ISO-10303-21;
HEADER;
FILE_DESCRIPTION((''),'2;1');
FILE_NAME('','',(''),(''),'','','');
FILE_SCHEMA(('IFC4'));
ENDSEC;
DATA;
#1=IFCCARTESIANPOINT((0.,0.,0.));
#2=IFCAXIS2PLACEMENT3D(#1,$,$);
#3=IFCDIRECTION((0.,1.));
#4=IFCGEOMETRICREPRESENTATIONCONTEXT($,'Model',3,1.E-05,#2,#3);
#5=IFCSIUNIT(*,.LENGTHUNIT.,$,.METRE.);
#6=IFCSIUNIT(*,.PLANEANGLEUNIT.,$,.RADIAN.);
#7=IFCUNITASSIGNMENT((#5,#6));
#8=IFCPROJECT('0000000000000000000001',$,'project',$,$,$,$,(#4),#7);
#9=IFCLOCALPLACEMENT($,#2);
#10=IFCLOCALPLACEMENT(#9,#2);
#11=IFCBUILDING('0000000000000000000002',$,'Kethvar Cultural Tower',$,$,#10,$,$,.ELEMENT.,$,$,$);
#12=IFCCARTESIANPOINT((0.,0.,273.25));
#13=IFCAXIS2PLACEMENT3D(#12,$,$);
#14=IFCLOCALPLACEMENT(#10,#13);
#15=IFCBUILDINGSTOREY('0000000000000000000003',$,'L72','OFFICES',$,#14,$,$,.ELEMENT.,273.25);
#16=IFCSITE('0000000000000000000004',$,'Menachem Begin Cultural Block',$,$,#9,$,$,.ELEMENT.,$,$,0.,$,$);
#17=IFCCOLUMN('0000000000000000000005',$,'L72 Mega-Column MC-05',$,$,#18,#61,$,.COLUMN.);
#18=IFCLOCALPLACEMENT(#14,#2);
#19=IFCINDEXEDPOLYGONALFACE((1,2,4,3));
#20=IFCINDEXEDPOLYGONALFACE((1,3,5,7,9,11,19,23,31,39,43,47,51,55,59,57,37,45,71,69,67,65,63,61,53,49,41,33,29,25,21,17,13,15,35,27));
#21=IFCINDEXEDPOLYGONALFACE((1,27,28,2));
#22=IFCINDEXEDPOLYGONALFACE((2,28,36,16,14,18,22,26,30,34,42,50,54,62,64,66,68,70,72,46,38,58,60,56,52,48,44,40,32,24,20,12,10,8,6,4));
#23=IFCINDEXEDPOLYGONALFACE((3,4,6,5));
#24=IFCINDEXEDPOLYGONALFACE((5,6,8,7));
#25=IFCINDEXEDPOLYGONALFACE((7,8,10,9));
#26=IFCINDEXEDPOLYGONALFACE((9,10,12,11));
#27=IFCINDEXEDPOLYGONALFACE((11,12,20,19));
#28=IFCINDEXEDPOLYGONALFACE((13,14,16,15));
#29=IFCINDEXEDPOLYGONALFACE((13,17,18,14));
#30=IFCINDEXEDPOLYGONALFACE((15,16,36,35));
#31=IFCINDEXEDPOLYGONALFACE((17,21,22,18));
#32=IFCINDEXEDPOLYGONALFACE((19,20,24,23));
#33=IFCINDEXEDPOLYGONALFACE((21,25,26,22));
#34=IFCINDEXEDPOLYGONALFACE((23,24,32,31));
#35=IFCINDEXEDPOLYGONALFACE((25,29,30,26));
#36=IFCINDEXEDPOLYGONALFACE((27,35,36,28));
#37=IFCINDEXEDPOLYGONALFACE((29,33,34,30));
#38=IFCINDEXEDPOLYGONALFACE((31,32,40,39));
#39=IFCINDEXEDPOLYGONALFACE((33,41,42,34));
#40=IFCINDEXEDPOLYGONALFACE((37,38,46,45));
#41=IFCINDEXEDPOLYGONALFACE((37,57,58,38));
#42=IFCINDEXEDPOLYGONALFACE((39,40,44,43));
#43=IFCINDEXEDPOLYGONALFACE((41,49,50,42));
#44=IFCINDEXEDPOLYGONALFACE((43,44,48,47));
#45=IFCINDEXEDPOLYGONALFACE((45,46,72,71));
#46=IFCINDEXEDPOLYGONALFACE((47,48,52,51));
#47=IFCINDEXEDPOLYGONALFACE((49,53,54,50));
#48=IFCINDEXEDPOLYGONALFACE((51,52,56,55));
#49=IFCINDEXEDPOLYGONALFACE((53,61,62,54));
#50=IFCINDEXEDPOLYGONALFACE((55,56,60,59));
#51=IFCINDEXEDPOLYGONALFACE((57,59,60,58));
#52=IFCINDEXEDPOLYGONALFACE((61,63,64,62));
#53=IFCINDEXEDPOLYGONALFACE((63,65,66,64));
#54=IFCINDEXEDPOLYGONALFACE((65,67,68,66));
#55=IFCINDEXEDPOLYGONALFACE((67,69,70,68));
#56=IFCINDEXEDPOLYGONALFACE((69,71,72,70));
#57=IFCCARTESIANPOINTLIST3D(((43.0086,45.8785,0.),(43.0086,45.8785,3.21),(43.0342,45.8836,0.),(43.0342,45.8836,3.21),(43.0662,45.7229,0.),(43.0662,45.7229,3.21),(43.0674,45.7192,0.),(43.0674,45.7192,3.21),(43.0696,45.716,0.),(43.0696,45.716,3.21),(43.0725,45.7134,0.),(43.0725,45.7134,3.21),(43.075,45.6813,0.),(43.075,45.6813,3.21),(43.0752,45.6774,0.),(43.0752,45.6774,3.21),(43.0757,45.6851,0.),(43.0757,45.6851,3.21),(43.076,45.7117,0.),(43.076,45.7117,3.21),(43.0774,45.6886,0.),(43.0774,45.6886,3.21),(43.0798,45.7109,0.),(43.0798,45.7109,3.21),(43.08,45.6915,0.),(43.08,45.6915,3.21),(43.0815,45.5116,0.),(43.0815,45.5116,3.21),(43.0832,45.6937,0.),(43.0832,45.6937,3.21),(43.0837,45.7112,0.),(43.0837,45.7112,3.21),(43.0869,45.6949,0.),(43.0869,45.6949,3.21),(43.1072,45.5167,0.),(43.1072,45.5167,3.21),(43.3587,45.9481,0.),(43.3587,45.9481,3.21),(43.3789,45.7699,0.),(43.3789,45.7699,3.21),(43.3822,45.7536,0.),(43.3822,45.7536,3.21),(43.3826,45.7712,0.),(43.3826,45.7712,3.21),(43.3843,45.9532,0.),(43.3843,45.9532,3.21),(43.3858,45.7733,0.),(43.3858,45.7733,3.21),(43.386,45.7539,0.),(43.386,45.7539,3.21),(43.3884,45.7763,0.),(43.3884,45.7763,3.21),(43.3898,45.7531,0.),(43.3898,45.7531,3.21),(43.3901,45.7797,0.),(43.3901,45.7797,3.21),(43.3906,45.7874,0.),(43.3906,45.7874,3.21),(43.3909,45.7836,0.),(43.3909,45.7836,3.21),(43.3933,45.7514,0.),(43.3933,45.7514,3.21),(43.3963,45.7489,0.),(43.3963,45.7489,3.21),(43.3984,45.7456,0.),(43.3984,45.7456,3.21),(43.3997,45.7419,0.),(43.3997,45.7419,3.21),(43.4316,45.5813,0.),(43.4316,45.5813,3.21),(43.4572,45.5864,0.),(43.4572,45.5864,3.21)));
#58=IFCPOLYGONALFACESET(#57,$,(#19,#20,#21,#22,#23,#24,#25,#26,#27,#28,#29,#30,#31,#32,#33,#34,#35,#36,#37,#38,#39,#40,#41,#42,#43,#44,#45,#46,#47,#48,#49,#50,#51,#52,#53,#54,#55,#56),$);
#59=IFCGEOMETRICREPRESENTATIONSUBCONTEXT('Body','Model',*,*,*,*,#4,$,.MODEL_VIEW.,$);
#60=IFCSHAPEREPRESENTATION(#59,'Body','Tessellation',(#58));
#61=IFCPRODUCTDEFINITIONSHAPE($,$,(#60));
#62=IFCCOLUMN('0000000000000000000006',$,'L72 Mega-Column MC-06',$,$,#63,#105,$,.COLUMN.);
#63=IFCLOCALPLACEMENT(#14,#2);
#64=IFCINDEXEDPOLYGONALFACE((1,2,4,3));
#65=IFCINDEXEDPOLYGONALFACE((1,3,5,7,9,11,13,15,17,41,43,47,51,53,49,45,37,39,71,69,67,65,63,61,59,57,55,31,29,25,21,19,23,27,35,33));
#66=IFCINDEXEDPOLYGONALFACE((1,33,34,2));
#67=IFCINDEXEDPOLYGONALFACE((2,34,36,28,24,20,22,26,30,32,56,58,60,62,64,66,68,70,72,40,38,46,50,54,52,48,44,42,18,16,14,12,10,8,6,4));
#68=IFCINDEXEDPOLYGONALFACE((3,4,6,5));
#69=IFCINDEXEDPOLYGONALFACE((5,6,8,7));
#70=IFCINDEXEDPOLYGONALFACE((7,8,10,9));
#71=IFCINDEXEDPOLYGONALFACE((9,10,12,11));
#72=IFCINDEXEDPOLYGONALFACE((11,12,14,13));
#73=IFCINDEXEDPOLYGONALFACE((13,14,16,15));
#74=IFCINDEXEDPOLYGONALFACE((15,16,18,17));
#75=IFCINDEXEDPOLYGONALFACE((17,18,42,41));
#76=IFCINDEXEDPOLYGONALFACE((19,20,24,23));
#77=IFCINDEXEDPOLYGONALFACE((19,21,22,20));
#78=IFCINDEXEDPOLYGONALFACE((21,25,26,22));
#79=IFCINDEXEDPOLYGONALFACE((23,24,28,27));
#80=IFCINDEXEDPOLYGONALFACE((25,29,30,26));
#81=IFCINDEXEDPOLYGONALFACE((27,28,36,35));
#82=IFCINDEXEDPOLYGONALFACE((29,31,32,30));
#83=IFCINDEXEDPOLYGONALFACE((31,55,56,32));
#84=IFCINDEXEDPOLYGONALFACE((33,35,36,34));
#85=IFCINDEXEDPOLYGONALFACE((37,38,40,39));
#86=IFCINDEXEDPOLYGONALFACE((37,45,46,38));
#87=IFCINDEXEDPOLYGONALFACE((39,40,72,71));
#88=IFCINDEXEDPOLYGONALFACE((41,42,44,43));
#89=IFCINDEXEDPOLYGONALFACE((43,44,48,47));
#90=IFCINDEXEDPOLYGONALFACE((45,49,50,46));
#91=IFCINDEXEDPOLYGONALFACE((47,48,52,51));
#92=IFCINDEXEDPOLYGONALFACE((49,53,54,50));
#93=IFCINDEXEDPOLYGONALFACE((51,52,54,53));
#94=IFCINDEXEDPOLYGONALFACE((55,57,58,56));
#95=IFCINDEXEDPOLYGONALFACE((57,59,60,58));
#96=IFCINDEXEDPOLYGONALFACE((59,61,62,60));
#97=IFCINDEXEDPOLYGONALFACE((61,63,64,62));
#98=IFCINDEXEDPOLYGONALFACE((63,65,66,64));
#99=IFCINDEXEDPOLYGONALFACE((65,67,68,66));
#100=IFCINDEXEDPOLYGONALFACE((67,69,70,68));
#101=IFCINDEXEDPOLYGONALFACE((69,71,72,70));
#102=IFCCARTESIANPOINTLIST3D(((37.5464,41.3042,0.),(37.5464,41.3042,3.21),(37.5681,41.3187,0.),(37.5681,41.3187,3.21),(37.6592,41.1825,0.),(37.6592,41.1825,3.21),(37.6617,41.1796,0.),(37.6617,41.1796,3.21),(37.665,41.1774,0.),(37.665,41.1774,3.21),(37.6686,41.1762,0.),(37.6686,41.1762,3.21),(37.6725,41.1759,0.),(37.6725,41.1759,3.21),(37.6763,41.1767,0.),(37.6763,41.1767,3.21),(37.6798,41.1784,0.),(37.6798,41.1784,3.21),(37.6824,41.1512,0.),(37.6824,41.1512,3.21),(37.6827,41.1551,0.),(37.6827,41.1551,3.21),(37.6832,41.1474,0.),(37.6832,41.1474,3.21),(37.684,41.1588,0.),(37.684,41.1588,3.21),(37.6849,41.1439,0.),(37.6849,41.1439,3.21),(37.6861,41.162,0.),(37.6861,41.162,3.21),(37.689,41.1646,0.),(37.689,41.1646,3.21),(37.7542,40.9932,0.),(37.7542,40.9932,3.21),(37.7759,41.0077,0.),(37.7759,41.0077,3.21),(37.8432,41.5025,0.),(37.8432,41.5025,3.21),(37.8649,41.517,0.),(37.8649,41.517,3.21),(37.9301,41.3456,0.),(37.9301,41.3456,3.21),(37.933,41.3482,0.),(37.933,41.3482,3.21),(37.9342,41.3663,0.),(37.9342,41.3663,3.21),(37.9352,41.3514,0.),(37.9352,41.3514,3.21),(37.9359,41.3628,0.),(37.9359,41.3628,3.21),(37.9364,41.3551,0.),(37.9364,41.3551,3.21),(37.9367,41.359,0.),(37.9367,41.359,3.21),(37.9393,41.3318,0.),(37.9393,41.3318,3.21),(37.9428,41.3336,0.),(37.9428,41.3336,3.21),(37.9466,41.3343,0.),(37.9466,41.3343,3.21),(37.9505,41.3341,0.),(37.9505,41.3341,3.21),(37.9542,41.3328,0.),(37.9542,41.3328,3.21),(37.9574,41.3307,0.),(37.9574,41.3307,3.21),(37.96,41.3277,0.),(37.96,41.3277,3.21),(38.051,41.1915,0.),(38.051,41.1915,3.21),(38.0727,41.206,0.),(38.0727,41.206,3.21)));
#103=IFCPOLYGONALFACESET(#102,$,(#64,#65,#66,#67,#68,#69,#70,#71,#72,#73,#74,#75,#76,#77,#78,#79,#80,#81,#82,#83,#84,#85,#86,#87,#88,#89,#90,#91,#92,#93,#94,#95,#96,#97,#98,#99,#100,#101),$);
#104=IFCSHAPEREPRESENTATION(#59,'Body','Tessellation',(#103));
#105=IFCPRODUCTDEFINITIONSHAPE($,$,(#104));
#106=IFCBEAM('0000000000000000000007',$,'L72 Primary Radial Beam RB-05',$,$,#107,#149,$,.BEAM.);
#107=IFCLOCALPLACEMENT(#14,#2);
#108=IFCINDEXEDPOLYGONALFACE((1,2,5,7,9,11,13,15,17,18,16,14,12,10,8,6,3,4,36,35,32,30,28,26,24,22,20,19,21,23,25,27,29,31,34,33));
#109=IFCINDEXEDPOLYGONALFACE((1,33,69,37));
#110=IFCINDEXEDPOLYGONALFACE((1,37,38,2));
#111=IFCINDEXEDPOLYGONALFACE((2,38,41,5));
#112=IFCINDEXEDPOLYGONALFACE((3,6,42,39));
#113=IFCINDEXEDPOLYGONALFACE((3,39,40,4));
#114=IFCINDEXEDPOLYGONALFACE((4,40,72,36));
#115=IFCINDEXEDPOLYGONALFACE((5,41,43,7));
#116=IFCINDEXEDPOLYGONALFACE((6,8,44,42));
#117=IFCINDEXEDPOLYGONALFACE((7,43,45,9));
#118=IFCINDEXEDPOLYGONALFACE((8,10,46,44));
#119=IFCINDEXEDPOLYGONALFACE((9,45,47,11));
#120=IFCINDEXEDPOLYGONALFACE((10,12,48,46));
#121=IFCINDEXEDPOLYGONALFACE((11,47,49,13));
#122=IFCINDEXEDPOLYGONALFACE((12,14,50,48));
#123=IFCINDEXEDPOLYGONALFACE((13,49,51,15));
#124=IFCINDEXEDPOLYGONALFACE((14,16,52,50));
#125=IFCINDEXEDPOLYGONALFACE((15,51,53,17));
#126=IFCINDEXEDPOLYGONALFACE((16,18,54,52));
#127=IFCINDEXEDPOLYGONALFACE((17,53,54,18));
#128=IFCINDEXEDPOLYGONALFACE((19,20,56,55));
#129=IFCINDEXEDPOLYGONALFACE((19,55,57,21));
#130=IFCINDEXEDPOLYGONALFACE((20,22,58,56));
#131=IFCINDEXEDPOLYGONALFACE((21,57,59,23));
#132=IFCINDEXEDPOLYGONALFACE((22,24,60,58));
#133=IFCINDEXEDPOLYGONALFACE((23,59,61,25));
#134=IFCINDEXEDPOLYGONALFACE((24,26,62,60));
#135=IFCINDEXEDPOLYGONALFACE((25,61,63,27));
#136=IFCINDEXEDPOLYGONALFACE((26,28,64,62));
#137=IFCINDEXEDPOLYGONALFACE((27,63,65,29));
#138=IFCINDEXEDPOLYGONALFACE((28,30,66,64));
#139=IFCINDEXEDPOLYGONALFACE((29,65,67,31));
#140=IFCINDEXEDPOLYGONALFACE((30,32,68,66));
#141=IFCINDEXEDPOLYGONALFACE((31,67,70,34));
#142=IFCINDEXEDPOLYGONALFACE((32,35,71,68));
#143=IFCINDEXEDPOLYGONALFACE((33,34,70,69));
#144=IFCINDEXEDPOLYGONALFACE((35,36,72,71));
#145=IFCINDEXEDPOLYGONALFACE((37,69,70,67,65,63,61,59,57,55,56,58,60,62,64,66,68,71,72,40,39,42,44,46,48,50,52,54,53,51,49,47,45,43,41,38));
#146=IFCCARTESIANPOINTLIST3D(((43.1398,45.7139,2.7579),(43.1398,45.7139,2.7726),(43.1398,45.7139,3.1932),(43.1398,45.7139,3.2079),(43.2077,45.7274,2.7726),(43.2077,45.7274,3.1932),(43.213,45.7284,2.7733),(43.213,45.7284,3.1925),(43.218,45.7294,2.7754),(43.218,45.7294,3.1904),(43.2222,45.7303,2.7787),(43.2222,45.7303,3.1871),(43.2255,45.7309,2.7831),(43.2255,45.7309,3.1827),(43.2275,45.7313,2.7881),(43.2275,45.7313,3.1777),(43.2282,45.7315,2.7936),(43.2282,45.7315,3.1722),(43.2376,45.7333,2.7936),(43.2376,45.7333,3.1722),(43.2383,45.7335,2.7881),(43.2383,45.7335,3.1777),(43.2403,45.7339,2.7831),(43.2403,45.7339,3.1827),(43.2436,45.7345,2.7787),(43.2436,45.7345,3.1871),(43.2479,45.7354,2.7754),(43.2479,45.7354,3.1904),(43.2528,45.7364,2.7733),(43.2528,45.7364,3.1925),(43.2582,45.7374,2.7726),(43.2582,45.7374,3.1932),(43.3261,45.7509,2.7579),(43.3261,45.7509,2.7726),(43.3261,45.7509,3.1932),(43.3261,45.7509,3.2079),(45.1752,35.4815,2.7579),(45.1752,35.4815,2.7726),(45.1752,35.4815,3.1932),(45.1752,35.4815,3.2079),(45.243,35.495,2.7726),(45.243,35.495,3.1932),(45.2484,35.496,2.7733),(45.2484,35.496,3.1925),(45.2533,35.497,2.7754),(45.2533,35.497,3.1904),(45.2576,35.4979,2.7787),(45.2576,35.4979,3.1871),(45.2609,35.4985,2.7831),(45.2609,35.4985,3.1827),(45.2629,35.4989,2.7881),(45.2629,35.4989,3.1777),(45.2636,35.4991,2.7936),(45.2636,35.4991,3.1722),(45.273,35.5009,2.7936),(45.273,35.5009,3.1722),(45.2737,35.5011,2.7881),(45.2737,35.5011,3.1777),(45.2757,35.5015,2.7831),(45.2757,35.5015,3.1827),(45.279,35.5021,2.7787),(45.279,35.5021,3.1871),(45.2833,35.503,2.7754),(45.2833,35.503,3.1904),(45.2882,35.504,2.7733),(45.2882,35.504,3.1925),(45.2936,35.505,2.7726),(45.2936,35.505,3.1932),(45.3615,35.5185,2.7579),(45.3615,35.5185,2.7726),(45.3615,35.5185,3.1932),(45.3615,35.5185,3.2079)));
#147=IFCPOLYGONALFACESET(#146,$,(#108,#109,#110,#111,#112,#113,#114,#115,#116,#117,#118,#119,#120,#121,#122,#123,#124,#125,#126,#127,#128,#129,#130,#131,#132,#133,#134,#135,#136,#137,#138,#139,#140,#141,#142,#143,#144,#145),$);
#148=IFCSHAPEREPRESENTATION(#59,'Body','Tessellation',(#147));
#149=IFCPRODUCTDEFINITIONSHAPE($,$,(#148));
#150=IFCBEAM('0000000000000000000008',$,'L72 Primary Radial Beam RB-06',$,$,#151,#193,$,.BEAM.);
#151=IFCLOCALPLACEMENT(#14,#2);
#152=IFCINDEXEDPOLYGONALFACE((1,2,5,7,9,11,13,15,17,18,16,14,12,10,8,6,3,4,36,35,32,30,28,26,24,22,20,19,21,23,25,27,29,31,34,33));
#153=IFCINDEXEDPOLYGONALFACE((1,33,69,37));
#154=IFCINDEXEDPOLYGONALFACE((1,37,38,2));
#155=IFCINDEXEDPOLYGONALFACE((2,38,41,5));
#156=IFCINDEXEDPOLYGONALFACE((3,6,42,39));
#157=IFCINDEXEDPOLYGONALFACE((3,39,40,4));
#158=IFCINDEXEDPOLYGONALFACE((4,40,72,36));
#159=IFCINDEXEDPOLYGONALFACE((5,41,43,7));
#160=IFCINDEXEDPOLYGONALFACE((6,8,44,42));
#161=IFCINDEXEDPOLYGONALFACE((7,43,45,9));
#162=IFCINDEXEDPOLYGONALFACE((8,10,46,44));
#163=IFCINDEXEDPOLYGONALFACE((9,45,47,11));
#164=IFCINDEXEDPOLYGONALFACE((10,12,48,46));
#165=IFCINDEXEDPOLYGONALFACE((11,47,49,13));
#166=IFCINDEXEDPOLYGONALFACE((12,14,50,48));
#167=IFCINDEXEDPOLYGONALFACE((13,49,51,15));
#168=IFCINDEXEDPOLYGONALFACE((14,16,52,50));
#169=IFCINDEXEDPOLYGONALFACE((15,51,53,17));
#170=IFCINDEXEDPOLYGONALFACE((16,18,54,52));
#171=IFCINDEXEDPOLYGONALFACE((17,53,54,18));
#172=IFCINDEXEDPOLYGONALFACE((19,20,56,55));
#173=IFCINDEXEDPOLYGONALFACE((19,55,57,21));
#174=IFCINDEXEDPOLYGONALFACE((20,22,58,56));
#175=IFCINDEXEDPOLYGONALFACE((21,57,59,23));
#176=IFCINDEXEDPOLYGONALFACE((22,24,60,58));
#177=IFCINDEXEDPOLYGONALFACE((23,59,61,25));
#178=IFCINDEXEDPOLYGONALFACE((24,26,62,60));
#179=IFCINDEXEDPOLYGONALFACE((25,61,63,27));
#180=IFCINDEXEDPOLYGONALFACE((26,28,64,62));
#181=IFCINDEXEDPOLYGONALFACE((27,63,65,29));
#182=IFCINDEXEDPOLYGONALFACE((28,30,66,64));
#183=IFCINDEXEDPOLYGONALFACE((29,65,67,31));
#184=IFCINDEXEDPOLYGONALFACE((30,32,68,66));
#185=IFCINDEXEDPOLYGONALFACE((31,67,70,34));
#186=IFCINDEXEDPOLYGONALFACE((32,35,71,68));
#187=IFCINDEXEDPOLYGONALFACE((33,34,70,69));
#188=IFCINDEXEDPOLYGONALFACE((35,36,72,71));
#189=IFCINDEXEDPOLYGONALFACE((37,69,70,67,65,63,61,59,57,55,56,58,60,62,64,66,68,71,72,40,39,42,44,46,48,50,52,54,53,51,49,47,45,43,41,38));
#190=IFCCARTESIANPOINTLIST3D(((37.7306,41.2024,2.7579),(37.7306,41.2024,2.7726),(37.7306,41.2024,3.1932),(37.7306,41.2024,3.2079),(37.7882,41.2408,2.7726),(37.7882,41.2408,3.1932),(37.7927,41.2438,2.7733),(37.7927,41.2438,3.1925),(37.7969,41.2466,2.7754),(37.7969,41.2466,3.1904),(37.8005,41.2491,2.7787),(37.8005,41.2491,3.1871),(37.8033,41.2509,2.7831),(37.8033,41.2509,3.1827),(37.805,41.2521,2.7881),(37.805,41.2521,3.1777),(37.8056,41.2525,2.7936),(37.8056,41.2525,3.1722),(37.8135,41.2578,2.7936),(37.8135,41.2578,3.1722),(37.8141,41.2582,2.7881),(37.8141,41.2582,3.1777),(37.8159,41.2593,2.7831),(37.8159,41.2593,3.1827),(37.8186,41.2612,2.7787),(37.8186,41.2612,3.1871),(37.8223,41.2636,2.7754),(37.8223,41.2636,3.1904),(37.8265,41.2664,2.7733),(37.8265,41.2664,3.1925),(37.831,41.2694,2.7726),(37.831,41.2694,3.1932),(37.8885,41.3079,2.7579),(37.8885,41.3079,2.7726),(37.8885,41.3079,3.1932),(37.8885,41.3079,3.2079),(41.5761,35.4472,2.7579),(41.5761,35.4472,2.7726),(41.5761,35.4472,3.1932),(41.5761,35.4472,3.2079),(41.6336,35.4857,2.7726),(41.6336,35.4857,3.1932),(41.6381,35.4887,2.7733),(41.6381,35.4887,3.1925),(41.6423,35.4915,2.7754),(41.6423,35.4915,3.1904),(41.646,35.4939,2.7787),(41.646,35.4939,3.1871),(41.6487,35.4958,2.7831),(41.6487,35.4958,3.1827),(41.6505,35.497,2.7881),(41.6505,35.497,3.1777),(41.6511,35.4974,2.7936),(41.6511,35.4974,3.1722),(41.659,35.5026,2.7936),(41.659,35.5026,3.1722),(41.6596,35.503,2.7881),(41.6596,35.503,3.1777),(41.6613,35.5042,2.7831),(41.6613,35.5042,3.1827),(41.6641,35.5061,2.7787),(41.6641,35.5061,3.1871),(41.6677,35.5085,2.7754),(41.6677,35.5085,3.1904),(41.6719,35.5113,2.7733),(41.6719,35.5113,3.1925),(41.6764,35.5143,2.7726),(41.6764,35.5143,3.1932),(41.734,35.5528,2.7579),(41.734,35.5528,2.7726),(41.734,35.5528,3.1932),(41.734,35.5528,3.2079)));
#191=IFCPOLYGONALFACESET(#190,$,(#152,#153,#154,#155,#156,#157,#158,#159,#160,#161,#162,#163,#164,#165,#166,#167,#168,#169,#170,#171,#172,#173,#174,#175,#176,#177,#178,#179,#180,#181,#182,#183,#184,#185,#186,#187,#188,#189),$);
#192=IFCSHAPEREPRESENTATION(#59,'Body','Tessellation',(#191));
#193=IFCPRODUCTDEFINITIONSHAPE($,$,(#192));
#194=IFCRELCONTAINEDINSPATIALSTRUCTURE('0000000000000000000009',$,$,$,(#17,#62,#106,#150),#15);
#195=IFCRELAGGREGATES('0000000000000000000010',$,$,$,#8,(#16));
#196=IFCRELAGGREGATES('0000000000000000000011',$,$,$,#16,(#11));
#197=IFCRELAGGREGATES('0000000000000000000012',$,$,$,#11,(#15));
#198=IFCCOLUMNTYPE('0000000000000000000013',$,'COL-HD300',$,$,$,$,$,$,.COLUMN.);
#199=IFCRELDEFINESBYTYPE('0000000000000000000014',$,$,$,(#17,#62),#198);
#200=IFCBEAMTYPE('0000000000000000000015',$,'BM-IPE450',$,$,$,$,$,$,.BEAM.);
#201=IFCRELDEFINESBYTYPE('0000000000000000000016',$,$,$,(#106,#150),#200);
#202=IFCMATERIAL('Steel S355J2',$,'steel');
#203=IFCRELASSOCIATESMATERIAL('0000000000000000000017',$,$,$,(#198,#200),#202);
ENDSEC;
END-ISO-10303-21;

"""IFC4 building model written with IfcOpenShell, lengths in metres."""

from ifc_helpers import new_model, si_unit, direction, frame, origin, origin_2d, place, context, subcontext, project, spatial, i_section, extrude, source, transform, mapped, material, material_profile, profile_set, type_object, element, save


model = new_model("IFC4")

# Units and contexts
model_context = context("Model", 3, precision=1e-05, world=origin(), true_north=direction((0.0, 1.0)))
body_context = subcontext(model_context, "Body", "Model", "MODEL_VIEW")
ifc_project = project(units=[si_unit("LENGTHUNIT", "METRE"), si_unit("PLANEANGLEUNIT", "RADIAN")], contexts=[model_context])

# Site, building, storey
site_placement = place(None, origin())
site = spatial("IfcSite", under=ifc_project, at=site_placement, Name="Menachem Begin Cultural Block", CompositionType="ELEMENT", RefElevation=0.0)
building_placement = place(site_placement, origin())
building = spatial("IfcBuilding", under=site, at=building_placement, Name="Kethvar Cultural Tower", CompositionType="ELEMENT")
storey_placement = place(building_placement, frame((0.0, 0.0, 273.25)))
storey = spatial("IfcBuildingStorey", under=building, at=storey_placement, Name="L72", Description="OFFICES", CompositionType="ELEMENT", Elevation=273.25)

# Columns
ifc_material_1 = material(Name="Steel S355J2", Category="steel")
ifc_material_profile_1 = material_profile(ifc_material_1, i_section(OverallWidth=0.374, OverallDepth=0.3831, WebThickness=0.0166, FlangeThickness=0.0261, FilletRadius=0.0149, at=origin_2d()), Name="Steel S355J2 — HD360x300")
ifc_profile_set_1 = profile_set([ifc_material_profile_1], Name="Steel S355J2 — HD360x300")
column_type = type_object("IfcColumnType", Name="COL-HD300", PredefinedType="COLUMN", material=ifc_profile_set_1)
shared_shape_1 = source(origin(), body_context, "Body", "SweptSolid", [
    extrude(i_section(OverallWidth=0.374, OverallDepth=0.3831, WebThickness=0.0166, FlangeThickness=0.0261, FilletRadius=0.0149, at=origin_2d()), origin(), (0.0, 0.0, 1.0), 3.21),
])
for number, where, z_axis, x_axis, name in (
    (1, (43.2329, 45.7324, 0.0), (0.0, 0.0, 1.0), (-0.19509, 0.980785, 0.0), "L72 Mega-Column MC-05"),
    (2, (37.8096, 41.2551, 0.0), (0.0, 0.0, 1.0), (-0.55557, 0.83147, 0.0), "L72 Mega-Column MC-06"),
):
    element("IfcColumn", number, at=place(storey_placement, frame(where, z_axis=z_axis, x_axis=x_axis)), inside=storey, type_object=column_type, Name=name, PredefinedType="COLUMN", context=body_context, shape_type="MappedRepresentation", body=[
        mapped(shared_shape_1, transform((0.0, 0.0, 0.0), scale=1.0)),
    ])

# Beams
ifc_material_profile_2 = material_profile(ifc_material_1, i_section(OverallWidth=0.1899, OverallDepth=0.45, WebThickness=0.0095, FlangeThickness=0.0146, FilletRadius=0.021, at=origin_2d()), Name="Steel S355J2 — IPE450")
ifc_profile_set_2 = profile_set([ifc_material_profile_2], Name="Steel S355J2 — IPE450")
beam_type_1 = type_object("IfcBeamType", Name="BM-IPE450", PredefinedType="BEAM", material=ifc_profile_set_2)
shared_shape_2 = source(origin(), body_context, "Body", "SweptSolid", [
    extrude(i_section(OverallWidth=0.1899, OverallDepth=0.45, WebThickness=0.0095, FlangeThickness=0.0146, FilletRadius=0.021, at=origin_2d()), origin(), (0.0, 0.0, 1.0), 10.4329),
])
beam_1_placement = place(storey_placement, frame((45.2683, 35.5, 2.9829), z_axis=(-0.195094, 0.980784, 0.0), x_axis=(-0.980784, -0.195094, 0.0)))
element("IfcBeam", 3, at=beam_1_placement, inside=storey, type_object=beam_type_1, Name="L72 Primary Radial Beam RB-05", PredefinedType="BEAM", context=body_context, shape_type="MappedRepresentation", body=[
    mapped(shared_shape_2, transform((0.0, 0.0, 0.0), scale=1.0)),
])
shared_shape_3 = source(origin(), body_context, "Body", "SweptSolid", [
    extrude(i_section(OverallWidth=0.1899, OverallDepth=0.45, WebThickness=0.0095, FlangeThickness=0.0146, FilletRadius=0.021, at=origin_2d()), origin(), (0.0, 0.0, 1.0), 6.9216),
])
beam_2_placement = place(storey_placement, frame((41.655, 35.5, 2.9829), z_axis=(-0.555571, 0.831469, 0.0), x_axis=(-0.831469, -0.555571, 0.0)))
element("IfcBeam", 4, at=beam_2_placement, inside=storey, type_object=beam_type_1, Name="L72 Primary Radial Beam RB-06", PredefinedType="BEAM", context=body_context, shape_type="MappedRepresentation", body=[
    mapped(shared_shape_3, transform((0.0, 0.0, 0.0), scale=1.0)),
])

save(model, "model.ifc")
